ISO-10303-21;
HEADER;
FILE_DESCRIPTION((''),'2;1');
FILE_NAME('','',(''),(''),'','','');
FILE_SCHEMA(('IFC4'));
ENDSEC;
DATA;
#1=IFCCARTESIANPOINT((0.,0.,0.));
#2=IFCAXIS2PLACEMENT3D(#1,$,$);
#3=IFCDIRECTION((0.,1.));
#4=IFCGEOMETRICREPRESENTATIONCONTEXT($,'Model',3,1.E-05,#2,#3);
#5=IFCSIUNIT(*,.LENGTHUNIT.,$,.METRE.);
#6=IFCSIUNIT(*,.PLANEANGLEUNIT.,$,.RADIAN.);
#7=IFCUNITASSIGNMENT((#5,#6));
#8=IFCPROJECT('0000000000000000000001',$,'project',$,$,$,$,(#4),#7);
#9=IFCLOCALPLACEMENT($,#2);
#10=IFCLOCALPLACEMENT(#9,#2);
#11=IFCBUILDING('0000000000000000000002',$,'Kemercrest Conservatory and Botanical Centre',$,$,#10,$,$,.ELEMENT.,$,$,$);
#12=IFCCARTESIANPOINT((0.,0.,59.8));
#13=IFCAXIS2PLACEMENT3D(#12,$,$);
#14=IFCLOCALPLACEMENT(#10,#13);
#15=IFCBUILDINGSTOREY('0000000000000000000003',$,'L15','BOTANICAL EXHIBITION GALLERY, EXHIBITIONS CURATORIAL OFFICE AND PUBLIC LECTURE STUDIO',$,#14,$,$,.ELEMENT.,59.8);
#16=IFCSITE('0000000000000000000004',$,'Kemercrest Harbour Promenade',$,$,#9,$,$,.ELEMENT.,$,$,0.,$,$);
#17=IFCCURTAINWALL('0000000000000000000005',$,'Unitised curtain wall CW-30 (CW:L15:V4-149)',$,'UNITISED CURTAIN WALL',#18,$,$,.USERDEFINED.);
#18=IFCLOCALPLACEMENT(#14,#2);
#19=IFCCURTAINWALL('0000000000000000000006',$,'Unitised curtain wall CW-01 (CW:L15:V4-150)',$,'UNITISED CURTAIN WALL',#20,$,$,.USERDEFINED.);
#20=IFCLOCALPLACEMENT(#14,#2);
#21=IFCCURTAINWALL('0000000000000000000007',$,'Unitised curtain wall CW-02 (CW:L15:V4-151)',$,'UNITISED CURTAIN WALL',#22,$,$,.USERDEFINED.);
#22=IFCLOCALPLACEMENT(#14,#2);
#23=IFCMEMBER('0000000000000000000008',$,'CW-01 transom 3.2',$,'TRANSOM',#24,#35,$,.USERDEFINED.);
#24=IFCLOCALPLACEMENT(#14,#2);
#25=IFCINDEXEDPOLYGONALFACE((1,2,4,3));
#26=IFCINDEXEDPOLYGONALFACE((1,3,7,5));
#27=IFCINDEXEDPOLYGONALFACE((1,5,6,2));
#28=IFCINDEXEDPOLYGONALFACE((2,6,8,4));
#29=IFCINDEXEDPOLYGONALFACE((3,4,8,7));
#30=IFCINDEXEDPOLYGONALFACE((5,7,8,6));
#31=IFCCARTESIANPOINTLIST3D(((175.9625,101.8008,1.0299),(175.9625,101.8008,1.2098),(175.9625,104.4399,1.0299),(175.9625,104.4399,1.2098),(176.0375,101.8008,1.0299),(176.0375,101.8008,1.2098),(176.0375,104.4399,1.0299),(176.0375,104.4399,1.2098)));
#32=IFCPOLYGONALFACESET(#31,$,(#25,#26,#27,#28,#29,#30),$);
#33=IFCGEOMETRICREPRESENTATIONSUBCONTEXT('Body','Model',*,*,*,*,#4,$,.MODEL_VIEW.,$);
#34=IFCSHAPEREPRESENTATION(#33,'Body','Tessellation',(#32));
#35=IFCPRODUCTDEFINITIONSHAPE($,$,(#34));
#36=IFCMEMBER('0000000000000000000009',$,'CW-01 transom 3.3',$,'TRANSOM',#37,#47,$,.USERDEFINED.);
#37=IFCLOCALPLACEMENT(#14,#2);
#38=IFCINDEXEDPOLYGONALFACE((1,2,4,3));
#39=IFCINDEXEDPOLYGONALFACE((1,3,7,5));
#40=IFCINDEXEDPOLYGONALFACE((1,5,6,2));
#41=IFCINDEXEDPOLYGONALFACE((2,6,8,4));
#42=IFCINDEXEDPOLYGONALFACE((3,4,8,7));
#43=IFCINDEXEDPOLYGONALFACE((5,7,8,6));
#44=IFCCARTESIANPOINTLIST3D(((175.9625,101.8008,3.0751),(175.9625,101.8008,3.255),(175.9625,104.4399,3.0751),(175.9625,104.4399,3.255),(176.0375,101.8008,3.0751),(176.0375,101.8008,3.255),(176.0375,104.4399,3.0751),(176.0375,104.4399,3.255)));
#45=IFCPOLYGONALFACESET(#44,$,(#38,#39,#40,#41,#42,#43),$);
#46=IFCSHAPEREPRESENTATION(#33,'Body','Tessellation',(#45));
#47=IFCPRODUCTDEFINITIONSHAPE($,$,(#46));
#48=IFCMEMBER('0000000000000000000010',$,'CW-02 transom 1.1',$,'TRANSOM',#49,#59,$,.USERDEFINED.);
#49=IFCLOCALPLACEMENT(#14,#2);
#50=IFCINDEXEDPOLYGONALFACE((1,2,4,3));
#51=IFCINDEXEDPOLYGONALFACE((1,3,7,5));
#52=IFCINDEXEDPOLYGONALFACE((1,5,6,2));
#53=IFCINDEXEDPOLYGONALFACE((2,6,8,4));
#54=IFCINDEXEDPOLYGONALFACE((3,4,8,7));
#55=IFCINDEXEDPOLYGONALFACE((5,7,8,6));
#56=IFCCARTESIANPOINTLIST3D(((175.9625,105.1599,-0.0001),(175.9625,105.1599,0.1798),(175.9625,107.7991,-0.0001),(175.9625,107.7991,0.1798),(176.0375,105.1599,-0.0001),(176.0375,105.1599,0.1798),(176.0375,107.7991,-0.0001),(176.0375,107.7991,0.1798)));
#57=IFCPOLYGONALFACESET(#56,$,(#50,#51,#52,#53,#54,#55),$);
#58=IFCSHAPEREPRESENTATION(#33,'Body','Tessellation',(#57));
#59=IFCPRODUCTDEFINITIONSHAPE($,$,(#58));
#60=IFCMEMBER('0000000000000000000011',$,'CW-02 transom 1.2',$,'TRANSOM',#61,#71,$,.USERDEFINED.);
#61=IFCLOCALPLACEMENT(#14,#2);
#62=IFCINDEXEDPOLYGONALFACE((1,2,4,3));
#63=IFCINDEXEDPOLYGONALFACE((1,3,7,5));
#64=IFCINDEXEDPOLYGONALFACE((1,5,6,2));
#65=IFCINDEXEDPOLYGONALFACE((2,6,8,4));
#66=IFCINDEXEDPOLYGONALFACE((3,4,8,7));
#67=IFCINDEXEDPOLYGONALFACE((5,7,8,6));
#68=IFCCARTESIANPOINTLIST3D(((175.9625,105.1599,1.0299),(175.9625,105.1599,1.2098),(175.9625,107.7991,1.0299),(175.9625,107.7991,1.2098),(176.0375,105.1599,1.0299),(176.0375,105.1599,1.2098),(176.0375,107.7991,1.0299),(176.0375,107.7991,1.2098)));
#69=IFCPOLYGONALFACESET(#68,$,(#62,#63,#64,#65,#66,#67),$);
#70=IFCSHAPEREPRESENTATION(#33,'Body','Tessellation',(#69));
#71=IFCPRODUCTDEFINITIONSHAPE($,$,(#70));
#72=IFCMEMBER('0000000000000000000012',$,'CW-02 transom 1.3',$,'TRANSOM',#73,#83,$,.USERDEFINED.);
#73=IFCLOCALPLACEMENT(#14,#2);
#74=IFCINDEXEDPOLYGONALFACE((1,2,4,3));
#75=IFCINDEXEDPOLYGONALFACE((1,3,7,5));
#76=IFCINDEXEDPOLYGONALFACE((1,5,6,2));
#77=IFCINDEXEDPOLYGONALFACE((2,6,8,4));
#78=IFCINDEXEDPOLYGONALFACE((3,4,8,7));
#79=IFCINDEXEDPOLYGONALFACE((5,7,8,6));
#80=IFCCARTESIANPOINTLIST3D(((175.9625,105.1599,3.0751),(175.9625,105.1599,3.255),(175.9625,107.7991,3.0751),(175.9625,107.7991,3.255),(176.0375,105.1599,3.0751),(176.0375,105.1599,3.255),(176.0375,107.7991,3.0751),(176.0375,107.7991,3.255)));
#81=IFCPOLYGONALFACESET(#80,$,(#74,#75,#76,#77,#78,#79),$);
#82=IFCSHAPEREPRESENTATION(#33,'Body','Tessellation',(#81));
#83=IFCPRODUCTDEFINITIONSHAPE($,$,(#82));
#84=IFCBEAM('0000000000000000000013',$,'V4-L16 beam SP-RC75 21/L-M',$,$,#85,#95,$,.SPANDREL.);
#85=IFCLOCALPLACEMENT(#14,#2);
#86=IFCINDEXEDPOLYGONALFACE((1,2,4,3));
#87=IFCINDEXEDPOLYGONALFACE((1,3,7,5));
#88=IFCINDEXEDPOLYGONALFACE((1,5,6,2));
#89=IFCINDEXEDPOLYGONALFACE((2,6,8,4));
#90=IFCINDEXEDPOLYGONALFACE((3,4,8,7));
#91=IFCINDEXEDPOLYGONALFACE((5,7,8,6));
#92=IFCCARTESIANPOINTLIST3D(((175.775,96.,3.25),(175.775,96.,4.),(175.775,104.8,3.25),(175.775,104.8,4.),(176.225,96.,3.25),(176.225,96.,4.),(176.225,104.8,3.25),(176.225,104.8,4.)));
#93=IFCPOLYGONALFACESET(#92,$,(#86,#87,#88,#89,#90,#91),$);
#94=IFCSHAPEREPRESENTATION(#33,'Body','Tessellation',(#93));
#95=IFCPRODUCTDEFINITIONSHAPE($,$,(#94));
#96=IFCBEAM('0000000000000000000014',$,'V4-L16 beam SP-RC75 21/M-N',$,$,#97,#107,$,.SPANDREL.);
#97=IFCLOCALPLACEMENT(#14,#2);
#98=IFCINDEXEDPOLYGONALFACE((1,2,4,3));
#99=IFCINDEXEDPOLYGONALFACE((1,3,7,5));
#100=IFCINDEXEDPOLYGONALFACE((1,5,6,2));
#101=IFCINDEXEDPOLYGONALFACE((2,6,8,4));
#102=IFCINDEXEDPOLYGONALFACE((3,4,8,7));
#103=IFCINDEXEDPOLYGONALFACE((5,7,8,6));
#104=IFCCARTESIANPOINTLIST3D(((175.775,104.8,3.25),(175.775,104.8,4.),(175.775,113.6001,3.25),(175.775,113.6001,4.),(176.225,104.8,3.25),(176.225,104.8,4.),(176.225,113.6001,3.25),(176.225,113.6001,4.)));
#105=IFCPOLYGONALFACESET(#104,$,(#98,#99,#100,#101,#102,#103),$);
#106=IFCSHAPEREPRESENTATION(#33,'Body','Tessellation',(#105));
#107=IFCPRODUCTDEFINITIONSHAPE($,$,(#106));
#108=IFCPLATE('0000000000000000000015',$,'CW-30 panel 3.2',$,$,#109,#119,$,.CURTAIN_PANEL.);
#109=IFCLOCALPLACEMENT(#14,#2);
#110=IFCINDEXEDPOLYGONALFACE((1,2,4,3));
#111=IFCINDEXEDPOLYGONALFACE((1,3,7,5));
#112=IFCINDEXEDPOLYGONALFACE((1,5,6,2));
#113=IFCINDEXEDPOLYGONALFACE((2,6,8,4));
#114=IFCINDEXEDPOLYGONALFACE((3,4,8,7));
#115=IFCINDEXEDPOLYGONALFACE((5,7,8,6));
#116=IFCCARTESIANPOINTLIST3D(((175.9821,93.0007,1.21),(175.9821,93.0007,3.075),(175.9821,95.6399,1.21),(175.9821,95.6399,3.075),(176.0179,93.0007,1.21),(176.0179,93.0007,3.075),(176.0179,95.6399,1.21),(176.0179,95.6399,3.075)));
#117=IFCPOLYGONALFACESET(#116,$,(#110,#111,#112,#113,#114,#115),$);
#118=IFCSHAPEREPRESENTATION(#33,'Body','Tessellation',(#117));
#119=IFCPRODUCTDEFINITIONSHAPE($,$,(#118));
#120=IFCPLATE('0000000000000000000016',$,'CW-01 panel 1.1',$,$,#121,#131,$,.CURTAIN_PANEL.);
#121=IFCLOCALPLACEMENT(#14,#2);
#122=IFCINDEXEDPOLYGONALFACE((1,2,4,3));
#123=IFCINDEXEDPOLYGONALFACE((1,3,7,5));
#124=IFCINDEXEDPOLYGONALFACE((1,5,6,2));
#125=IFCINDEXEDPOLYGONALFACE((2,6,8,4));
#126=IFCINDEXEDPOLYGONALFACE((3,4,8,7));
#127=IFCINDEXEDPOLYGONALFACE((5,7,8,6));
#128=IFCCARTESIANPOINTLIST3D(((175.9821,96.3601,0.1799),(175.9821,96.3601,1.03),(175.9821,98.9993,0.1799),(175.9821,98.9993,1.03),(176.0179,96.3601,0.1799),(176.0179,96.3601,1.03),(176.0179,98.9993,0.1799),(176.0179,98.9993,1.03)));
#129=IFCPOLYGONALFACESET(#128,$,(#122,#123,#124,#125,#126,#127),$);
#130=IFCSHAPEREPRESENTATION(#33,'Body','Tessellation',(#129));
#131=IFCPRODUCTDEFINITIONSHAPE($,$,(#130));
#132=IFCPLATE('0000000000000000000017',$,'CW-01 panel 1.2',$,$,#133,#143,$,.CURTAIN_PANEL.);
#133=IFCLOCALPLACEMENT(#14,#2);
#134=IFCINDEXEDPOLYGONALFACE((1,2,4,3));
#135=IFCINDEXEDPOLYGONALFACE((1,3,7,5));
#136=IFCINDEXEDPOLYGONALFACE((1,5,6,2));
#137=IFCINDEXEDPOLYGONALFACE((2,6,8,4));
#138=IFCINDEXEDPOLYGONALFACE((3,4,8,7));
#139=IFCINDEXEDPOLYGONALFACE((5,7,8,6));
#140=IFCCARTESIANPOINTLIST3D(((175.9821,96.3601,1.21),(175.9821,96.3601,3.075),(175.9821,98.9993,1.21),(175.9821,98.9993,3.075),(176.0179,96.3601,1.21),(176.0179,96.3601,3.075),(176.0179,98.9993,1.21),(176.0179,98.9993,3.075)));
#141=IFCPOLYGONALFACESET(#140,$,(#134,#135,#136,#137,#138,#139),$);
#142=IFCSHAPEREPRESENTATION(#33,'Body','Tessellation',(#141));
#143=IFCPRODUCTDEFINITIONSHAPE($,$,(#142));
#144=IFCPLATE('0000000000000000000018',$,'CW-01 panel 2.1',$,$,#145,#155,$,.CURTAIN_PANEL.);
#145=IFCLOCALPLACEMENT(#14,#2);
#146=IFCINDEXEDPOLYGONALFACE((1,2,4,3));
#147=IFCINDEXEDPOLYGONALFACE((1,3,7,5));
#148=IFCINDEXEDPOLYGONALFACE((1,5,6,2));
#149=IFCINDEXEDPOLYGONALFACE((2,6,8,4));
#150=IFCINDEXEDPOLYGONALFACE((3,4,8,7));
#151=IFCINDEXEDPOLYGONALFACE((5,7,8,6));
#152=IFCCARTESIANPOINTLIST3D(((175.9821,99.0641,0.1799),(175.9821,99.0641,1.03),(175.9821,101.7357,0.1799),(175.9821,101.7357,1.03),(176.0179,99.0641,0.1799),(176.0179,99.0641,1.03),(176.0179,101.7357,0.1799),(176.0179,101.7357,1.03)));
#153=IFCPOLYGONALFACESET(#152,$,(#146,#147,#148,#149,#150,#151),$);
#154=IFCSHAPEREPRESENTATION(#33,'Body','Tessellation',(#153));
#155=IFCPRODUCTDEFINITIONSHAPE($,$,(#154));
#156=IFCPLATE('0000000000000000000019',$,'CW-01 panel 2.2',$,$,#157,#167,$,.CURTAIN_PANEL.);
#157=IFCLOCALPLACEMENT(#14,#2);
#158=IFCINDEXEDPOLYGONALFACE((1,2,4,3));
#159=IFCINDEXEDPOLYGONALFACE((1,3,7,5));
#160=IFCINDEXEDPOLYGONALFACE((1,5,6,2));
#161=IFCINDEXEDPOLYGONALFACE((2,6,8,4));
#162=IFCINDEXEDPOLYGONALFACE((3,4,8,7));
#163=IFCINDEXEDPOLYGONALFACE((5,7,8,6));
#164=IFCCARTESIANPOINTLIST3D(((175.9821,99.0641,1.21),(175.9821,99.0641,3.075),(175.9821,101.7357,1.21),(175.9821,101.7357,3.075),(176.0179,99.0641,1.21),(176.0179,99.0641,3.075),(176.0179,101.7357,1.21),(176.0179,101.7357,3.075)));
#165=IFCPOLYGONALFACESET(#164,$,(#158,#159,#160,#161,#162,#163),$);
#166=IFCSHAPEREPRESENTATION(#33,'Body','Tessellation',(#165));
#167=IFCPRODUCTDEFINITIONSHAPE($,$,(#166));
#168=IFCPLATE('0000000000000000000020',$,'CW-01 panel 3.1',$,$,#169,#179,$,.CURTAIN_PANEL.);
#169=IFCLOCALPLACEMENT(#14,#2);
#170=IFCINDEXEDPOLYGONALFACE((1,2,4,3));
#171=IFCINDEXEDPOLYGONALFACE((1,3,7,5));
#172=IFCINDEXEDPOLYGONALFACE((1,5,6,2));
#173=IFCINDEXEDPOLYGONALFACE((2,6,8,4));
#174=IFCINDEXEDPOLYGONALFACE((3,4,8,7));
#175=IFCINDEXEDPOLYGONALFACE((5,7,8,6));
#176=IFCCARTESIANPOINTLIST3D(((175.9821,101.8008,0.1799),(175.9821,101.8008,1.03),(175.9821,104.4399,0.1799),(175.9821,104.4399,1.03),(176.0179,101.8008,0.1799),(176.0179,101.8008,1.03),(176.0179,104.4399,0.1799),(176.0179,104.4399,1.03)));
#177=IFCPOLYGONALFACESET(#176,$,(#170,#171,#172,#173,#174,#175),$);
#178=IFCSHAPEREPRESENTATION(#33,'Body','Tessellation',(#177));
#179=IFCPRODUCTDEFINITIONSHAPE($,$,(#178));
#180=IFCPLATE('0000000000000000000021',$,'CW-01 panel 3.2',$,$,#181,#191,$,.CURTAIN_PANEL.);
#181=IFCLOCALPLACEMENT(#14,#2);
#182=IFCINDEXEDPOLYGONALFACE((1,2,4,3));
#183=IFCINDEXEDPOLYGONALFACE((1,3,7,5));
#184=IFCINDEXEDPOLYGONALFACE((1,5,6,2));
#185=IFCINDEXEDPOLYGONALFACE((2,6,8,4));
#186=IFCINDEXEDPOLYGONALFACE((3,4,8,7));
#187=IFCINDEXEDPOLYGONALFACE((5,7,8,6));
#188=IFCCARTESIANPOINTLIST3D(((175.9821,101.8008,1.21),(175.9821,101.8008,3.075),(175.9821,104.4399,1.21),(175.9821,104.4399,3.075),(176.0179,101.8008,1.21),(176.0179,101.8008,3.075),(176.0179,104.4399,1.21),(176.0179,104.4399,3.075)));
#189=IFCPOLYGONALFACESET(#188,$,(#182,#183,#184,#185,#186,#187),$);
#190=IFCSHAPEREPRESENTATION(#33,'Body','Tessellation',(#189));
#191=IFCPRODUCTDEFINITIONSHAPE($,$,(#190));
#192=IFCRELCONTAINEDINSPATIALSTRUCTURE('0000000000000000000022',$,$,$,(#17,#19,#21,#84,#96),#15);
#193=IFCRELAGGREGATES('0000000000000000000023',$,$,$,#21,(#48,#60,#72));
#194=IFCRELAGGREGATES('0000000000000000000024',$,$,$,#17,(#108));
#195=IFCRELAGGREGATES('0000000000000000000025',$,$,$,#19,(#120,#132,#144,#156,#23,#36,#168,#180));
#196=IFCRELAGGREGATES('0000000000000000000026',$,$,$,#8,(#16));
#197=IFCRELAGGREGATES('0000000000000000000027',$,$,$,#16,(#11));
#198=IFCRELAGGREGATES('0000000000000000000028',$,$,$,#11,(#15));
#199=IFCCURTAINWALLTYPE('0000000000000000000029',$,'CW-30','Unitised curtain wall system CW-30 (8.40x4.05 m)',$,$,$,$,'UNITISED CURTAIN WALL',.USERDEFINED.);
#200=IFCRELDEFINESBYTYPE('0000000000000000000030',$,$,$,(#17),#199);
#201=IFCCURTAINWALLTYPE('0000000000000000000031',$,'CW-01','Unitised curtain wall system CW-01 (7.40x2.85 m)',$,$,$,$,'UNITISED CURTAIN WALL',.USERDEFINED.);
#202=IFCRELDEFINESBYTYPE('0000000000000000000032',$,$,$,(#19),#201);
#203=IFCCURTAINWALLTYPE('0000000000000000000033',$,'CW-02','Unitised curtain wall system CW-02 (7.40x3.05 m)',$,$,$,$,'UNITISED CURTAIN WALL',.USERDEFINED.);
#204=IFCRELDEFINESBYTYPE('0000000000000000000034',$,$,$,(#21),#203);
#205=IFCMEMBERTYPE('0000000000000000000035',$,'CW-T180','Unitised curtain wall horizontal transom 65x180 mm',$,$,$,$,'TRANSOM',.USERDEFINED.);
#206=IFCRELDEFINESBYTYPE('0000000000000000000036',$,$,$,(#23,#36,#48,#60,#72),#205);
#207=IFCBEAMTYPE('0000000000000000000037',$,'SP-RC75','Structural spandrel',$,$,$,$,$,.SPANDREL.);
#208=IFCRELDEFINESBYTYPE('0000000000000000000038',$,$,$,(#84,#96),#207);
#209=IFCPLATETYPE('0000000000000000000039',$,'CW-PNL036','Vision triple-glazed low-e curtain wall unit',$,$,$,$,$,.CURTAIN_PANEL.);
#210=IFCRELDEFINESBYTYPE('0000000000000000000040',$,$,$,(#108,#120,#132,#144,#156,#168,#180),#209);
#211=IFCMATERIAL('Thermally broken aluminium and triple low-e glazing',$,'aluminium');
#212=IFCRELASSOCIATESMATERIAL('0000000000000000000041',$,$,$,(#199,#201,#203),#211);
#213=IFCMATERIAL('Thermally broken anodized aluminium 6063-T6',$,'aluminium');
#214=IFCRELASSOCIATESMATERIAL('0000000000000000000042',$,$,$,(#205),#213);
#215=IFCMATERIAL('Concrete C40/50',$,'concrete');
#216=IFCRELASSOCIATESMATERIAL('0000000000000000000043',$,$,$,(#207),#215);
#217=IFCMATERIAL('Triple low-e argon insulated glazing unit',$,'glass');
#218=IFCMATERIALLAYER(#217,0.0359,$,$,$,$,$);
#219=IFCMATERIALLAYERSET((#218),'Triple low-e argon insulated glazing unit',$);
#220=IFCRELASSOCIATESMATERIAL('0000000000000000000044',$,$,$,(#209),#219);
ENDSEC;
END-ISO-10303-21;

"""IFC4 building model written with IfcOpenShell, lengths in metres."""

from ifc_helpers import new_model, si_unit, direction, frame, origin, origin_2d, place, context, subcontext, project, spatial, rectangle, extrude, material, layer, layer_set, material_profile, profile_set, type_object, element, aggregate, save


model = new_model("IFC4")

# Units and contexts
model_context = context("Model", 3, precision=1e-05, world=origin(), true_north=direction((0.0, 1.0)))
body_context = subcontext(model_context, "Body", "Model", "MODEL_VIEW")
ifc_project = project(units=[si_unit("LENGTHUNIT", "METRE"), si_unit("PLANEANGLEUNIT", "RADIAN")], contexts=[model_context])

# Site, building, storey
site_placement = place(None, origin())
site = spatial("IfcSite", under=ifc_project, at=site_placement, Name="Kemercrest Harbour Promenade", CompositionType="ELEMENT", RefElevation=0.0)
building_placement = place(site_placement, origin())
building = spatial("IfcBuilding", under=site, at=building_placement, Name="Kemercrest Conservatory and Botanical Centre", CompositionType="ELEMENT")
storey_placement = place(building_placement, frame((0.0, 0.0, 59.8)))
storey = spatial("IfcBuildingStorey", under=building, at=storey_placement, Name="L15", Description="BOTANICAL EXHIBITION GALLERY, EXHIBITIONS CURATORIAL OFFICE AND PUBLIC LECTURE STUDIO", CompositionType="ELEMENT", Elevation=59.8)

# Shared definitions
ifc_material_1 = material(Name="Concrete C40/50", Category="concrete")

# Curtain wall
ifc_material_2 = material(Name="Thermally broken aluminium and triple low-e glazing", Category="aluminium")
curtain_wall_type_1 = type_object("IfcCurtainWallType", Name="CW-30", Description="Unitised curtain wall system CW-30 (8.40x4.05 m)", ElementType="UNITISED CURTAIN WALL", PredefinedType="USERDEFINED", material=ifc_material_2)
curtain_wall_1_placement = place(storey_placement, origin())
curtain_wall_1 = element("IfcCurtainWall", 1, at=curtain_wall_1_placement, inside=storey, type_object=curtain_wall_type_1, Name="Unitised curtain wall CW-30 (CW:L15:V4-149)", ObjectType="UNITISED CURTAIN WALL", PredefinedType="USERDEFINED")
ifc_material_3 = material(Name="Thermally broken anodized aluminium 6063-T6", Category="aluminium")

# Curtain wall
curtain_wall_type_2 = type_object("IfcCurtainWallType", Name="CW-01", Description="Unitised curtain wall system CW-01 (7.40x2.85 m)", ElementType="UNITISED CURTAIN WALL", PredefinedType="USERDEFINED", material=ifc_material_2)
curtain_wall_2_placement = place(storey_placement, origin())
curtain_wall_2 = element("IfcCurtainWall", 2, at=curtain_wall_2_placement, inside=storey, type_object=curtain_wall_type_2, Name="Unitised curtain wall CW-01 (CW:L15:V4-150)", ObjectType="UNITISED CURTAIN WALL", PredefinedType="USERDEFINED")

# Curtain wall
curtain_wall_type_3 = type_object("IfcCurtainWallType", Name="CW-02", Description="Unitised curtain wall system CW-02 (7.40x3.05 m)", ElementType="UNITISED CURTAIN WALL", PredefinedType="USERDEFINED", material=ifc_material_2)
curtain_wall_3_placement = place(storey_placement, origin())
curtain_wall_3 = element("IfcCurtainWall", 3, at=curtain_wall_3_placement, inside=storey, type_object=curtain_wall_type_3, Name="Unitised curtain wall CW-02 (CW:L15:V4-151)", ObjectType="UNITISED CURTAIN WALL", PredefinedType="USERDEFINED")

# Members
ifc_material_profile_1 = material_profile(ifc_material_3, rectangle(XDim=0.075, YDim=0.1799, at=origin_2d()), Name="AL TRANSOM 75x180")
ifc_profile_set_1 = profile_set([ifc_material_profile_1], Name="Thermally broken anodized aluminium 6063-T6")
member_type_1 = type_object("IfcMemberType", Name="CW-T180", Description="Unitised curtain wall horizontal transom 65x180 mm", ElementType="TRANSOM", PredefinedType="USERDEFINED", material=ifc_profile_set_1)
member_1_placement = place(storey_placement, frame((176.0, 101.8008, 1.1199), z_axis=(0.0, 1.0, 0.0), x_axis=(-1.0, 0.0, 0.0)))
member_1 = element("IfcMember", 4, at=member_1_placement, type_object=member_type_1, Name="CW-01 transom 3.2", ObjectType="TRANSOM", PredefinedType="USERDEFINED", context=body_context, shape_type="SweptSolid", body=[
    extrude(rectangle(XDim=0.075, YDim=0.1799, at=origin_2d()), origin(), (0.0, 0.0, 1.0), 2.6392),
])
member_2_placement = place(storey_placement, frame((176.0, 101.8008, 3.165), z_axis=(0.0, 1.0, 0.0), x_axis=(-1.0, 0.0, 0.0)))
member_2 = element("IfcMember", 5, at=member_2_placement, type_object=member_type_1, Name="CW-01 transom 3.3", ObjectType="TRANSOM", PredefinedType="USERDEFINED", context=body_context, shape_type="SweptSolid", body=[
    extrude(rectangle(XDim=0.075, YDim=0.1799, at=origin_2d()), origin(), (0.0, 0.0, 1.0), 2.6392),
])
member_3_placement = place(storey_placement, frame((176.0, 105.1599, 0.0898), z_axis=(0.0, 1.0, 0.0), x_axis=(-1.0, 0.0, 0.0)))
member_3 = element("IfcMember", 6, at=member_3_placement, type_object=member_type_1, Name="CW-02 transom 1.1", ObjectType="TRANSOM", PredefinedType="USERDEFINED", context=body_context, shape_type="SweptSolid", body=[
    extrude(rectangle(XDim=0.075, YDim=0.1799, at=origin_2d()), origin(), (0.0, 0.0, 1.0), 2.6392),
])
member_4_placement = place(storey_placement, frame((176.0, 105.1599, 1.1199), z_axis=(0.0, 1.0, 0.0), x_axis=(-1.0, 0.0, 0.0)))
member_4 = element("IfcMember", 7, at=member_4_placement, type_object=member_type_1, Name="CW-02 transom 1.2", ObjectType="TRANSOM", PredefinedType="USERDEFINED", context=body_context, shape_type="SweptSolid", body=[
    extrude(rectangle(XDim=0.075, YDim=0.1799, at=origin_2d()), origin(), (0.0, 0.0, 1.0), 2.6392),
])
member_5_placement = place(storey_placement, frame((176.0, 105.1599, 3.165), z_axis=(0.0, 1.0, 0.0), x_axis=(-1.0, 0.0, 0.0)))
member_5 = element("IfcMember", 8, at=member_5_placement, type_object=member_type_1, Name="CW-02 transom 1.3", ObjectType="TRANSOM", PredefinedType="USERDEFINED", context=body_context, shape_type="SweptSolid", body=[
    extrude(rectangle(XDim=0.075, YDim=0.1799, at=origin_2d()), origin(), (0.0, 0.0, 1.0), 2.6392),
])
aggregate(curtain_wall_3, [member_3, member_4, member_5])

# Beams
ifc_material_profile_2 = material_profile(ifc_material_1, rectangle(XDim=0.45, YDim=0.75, at=origin_2d()), Name="RC 450x750")
ifc_profile_set_2 = profile_set([ifc_material_profile_2], Name="Concrete C40/50")
beam_type = type_object("IfcBeamType", Name="SP-RC75", Description="Structural spandrel", PredefinedType="SPANDREL", material=ifc_profile_set_2)
for number, where, z_axis, x_axis, name in (
    (9, (176.0, 96.0, 3.625), (0.0, 1.0, 0.0), (-1.0, 0.0, 0.0), "V4-L16 beam SP-RC75 21/L-M"),
    (10, (176.0, 104.8, 3.625), (0.0, 1.0, 0.0), (-1.0, 0.0, 0.0), "V4-L16 beam SP-RC75 21/M-N"),
):
    element("IfcBeam", number, at=place(storey_placement, frame(where, z_axis=z_axis, x_axis=x_axis)), inside=storey, type_object=beam_type, Name=name, PredefinedType="SPANDREL", context=body_context, shape_type="SweptSolid", body=[
        extrude(rectangle(XDim=0.45, YDim=0.75, at=origin_2d()), origin(), (0.0, 0.0, 1.0), 8.8),
    ])

# Plates
ifc_material_4 = material(Name="Triple low-e argon insulated glazing unit", Category="glass")
ifc_layer = layer(ifc_material_4, 0.0359)
ifc_layer_set = layer_set([ifc_layer], Name="Triple low-e argon insulated glazing unit")
plate_type = type_object("IfcPlateType", Name="CW-PNL036", Description="Vision triple-glazed low-e curtain wall unit", PredefinedType="CURTAIN_PANEL", material=ifc_layer_set)
plate_1_placement = place(storey_placement, frame((176.0, 94.3203, 1.21), z_axis=(0.0, 0.0, 1.0), x_axis=(0.0, 1.0, 0.0)))
plate_1 = element("IfcPlate", 11, at=plate_1_placement, type_object=plate_type, Name="CW-30 panel 3.2", PredefinedType="CURTAIN_PANEL", context=body_context, shape_type="SweptSolid", body=[
    extrude(rectangle(XDim=2.6392, YDim=0.0359, at=origin_2d()), origin(), (0.0, 0.0, 1.0), 1.865),
])
aggregate(curtain_wall_1, [plate_1])
plate_2_placement = place(storey_placement, frame((176.0, 97.6797, 0.1799), z_axis=(0.0, 0.0, 1.0), x_axis=(0.0, 1.0, 0.0)))
plate_2 = element("IfcPlate", 12, at=plate_2_placement, type_object=plate_type, Name="CW-01 panel 1.1", PredefinedType="CURTAIN_PANEL", context=body_context, shape_type="SweptSolid", body=[
    extrude(rectangle(XDim=2.6392, YDim=0.0359, at=origin_2d()), origin(), (0.0, 0.0, 1.0), 0.8501),
])
plate_3_placement = place(storey_placement, frame((176.0, 97.6797, 1.21), z_axis=(0.0, 0.0, 1.0), x_axis=(0.0, 1.0, 0.0)))
plate_3 = element("IfcPlate", 13, at=plate_3_placement, type_object=plate_type, Name="CW-01 panel 1.2", PredefinedType="CURTAIN_PANEL", context=body_context, shape_type="SweptSolid", body=[
    extrude(rectangle(XDim=2.6392, YDim=0.0359, at=origin_2d()), origin(), (0.0, 0.0, 1.0), 1.865),
])
plate_4_placement = place(storey_placement, frame((176.0, 100.3999, 0.1799), z_axis=(0.0, 0.0, 1.0), x_axis=(0.0, 1.0, 0.0)))
plate_4 = element("IfcPlate", 14, at=plate_4_placement, type_object=plate_type, Name="CW-01 panel 2.1", PredefinedType="CURTAIN_PANEL", context=body_context, shape_type="SweptSolid", body=[
    extrude(rectangle(XDim=2.6716, YDim=0.0359, at=origin_2d()), origin(), (0.0, 0.0, 1.0), 0.8501),
])
plate_5_placement = place(storey_placement, frame((176.0, 100.3999, 1.21), z_axis=(0.0, 0.0, 1.0), x_axis=(0.0, 1.0, 0.0)))
plate_5 = element("IfcPlate", 15, at=plate_5_placement, type_object=plate_type, Name="CW-01 panel 2.2", PredefinedType="CURTAIN_PANEL", context=body_context, shape_type="SweptSolid", body=[
    extrude(rectangle(XDim=2.6716, YDim=0.0359, at=origin_2d()), origin(), (0.0, 0.0, 1.0), 1.865),
])
plate_6_placement = place(storey_placement, frame((176.0, 103.1204, 0.1799), z_axis=(0.0, 0.0, 1.0), x_axis=(0.0, 1.0, 0.0)))
plate_6 = element("IfcPlate", 16, at=plate_6_placement, type_object=plate_type, Name="CW-01 panel 3.1", PredefinedType="CURTAIN_PANEL", context=body_context, shape_type="SweptSolid", body=[
    extrude(rectangle(XDim=2.6392, YDim=0.0359, at=origin_2d()), origin(), (0.0, 0.0, 1.0), 0.8501),
])
plate_7_placement = place(storey_placement, frame((176.0, 103.1204, 1.21), z_axis=(0.0, 0.0, 1.0), x_axis=(0.0, 1.0, 0.0)))
plate_7 = element("IfcPlate", 17, at=plate_7_placement, type_object=plate_type, Name="CW-01 panel 3.2", PredefinedType="CURTAIN_PANEL", context=body_context, shape_type="SweptSolid", body=[
    extrude(rectangle(XDim=2.6392, YDim=0.0359, at=origin_2d()), origin(), (0.0, 0.0, 1.0), 1.865),
])
aggregate(curtain_wall_2, [plate_2, plate_3, plate_4, plate_5, member_1, member_2, plate_6, plate_7])

save(model, "model.ifc")
